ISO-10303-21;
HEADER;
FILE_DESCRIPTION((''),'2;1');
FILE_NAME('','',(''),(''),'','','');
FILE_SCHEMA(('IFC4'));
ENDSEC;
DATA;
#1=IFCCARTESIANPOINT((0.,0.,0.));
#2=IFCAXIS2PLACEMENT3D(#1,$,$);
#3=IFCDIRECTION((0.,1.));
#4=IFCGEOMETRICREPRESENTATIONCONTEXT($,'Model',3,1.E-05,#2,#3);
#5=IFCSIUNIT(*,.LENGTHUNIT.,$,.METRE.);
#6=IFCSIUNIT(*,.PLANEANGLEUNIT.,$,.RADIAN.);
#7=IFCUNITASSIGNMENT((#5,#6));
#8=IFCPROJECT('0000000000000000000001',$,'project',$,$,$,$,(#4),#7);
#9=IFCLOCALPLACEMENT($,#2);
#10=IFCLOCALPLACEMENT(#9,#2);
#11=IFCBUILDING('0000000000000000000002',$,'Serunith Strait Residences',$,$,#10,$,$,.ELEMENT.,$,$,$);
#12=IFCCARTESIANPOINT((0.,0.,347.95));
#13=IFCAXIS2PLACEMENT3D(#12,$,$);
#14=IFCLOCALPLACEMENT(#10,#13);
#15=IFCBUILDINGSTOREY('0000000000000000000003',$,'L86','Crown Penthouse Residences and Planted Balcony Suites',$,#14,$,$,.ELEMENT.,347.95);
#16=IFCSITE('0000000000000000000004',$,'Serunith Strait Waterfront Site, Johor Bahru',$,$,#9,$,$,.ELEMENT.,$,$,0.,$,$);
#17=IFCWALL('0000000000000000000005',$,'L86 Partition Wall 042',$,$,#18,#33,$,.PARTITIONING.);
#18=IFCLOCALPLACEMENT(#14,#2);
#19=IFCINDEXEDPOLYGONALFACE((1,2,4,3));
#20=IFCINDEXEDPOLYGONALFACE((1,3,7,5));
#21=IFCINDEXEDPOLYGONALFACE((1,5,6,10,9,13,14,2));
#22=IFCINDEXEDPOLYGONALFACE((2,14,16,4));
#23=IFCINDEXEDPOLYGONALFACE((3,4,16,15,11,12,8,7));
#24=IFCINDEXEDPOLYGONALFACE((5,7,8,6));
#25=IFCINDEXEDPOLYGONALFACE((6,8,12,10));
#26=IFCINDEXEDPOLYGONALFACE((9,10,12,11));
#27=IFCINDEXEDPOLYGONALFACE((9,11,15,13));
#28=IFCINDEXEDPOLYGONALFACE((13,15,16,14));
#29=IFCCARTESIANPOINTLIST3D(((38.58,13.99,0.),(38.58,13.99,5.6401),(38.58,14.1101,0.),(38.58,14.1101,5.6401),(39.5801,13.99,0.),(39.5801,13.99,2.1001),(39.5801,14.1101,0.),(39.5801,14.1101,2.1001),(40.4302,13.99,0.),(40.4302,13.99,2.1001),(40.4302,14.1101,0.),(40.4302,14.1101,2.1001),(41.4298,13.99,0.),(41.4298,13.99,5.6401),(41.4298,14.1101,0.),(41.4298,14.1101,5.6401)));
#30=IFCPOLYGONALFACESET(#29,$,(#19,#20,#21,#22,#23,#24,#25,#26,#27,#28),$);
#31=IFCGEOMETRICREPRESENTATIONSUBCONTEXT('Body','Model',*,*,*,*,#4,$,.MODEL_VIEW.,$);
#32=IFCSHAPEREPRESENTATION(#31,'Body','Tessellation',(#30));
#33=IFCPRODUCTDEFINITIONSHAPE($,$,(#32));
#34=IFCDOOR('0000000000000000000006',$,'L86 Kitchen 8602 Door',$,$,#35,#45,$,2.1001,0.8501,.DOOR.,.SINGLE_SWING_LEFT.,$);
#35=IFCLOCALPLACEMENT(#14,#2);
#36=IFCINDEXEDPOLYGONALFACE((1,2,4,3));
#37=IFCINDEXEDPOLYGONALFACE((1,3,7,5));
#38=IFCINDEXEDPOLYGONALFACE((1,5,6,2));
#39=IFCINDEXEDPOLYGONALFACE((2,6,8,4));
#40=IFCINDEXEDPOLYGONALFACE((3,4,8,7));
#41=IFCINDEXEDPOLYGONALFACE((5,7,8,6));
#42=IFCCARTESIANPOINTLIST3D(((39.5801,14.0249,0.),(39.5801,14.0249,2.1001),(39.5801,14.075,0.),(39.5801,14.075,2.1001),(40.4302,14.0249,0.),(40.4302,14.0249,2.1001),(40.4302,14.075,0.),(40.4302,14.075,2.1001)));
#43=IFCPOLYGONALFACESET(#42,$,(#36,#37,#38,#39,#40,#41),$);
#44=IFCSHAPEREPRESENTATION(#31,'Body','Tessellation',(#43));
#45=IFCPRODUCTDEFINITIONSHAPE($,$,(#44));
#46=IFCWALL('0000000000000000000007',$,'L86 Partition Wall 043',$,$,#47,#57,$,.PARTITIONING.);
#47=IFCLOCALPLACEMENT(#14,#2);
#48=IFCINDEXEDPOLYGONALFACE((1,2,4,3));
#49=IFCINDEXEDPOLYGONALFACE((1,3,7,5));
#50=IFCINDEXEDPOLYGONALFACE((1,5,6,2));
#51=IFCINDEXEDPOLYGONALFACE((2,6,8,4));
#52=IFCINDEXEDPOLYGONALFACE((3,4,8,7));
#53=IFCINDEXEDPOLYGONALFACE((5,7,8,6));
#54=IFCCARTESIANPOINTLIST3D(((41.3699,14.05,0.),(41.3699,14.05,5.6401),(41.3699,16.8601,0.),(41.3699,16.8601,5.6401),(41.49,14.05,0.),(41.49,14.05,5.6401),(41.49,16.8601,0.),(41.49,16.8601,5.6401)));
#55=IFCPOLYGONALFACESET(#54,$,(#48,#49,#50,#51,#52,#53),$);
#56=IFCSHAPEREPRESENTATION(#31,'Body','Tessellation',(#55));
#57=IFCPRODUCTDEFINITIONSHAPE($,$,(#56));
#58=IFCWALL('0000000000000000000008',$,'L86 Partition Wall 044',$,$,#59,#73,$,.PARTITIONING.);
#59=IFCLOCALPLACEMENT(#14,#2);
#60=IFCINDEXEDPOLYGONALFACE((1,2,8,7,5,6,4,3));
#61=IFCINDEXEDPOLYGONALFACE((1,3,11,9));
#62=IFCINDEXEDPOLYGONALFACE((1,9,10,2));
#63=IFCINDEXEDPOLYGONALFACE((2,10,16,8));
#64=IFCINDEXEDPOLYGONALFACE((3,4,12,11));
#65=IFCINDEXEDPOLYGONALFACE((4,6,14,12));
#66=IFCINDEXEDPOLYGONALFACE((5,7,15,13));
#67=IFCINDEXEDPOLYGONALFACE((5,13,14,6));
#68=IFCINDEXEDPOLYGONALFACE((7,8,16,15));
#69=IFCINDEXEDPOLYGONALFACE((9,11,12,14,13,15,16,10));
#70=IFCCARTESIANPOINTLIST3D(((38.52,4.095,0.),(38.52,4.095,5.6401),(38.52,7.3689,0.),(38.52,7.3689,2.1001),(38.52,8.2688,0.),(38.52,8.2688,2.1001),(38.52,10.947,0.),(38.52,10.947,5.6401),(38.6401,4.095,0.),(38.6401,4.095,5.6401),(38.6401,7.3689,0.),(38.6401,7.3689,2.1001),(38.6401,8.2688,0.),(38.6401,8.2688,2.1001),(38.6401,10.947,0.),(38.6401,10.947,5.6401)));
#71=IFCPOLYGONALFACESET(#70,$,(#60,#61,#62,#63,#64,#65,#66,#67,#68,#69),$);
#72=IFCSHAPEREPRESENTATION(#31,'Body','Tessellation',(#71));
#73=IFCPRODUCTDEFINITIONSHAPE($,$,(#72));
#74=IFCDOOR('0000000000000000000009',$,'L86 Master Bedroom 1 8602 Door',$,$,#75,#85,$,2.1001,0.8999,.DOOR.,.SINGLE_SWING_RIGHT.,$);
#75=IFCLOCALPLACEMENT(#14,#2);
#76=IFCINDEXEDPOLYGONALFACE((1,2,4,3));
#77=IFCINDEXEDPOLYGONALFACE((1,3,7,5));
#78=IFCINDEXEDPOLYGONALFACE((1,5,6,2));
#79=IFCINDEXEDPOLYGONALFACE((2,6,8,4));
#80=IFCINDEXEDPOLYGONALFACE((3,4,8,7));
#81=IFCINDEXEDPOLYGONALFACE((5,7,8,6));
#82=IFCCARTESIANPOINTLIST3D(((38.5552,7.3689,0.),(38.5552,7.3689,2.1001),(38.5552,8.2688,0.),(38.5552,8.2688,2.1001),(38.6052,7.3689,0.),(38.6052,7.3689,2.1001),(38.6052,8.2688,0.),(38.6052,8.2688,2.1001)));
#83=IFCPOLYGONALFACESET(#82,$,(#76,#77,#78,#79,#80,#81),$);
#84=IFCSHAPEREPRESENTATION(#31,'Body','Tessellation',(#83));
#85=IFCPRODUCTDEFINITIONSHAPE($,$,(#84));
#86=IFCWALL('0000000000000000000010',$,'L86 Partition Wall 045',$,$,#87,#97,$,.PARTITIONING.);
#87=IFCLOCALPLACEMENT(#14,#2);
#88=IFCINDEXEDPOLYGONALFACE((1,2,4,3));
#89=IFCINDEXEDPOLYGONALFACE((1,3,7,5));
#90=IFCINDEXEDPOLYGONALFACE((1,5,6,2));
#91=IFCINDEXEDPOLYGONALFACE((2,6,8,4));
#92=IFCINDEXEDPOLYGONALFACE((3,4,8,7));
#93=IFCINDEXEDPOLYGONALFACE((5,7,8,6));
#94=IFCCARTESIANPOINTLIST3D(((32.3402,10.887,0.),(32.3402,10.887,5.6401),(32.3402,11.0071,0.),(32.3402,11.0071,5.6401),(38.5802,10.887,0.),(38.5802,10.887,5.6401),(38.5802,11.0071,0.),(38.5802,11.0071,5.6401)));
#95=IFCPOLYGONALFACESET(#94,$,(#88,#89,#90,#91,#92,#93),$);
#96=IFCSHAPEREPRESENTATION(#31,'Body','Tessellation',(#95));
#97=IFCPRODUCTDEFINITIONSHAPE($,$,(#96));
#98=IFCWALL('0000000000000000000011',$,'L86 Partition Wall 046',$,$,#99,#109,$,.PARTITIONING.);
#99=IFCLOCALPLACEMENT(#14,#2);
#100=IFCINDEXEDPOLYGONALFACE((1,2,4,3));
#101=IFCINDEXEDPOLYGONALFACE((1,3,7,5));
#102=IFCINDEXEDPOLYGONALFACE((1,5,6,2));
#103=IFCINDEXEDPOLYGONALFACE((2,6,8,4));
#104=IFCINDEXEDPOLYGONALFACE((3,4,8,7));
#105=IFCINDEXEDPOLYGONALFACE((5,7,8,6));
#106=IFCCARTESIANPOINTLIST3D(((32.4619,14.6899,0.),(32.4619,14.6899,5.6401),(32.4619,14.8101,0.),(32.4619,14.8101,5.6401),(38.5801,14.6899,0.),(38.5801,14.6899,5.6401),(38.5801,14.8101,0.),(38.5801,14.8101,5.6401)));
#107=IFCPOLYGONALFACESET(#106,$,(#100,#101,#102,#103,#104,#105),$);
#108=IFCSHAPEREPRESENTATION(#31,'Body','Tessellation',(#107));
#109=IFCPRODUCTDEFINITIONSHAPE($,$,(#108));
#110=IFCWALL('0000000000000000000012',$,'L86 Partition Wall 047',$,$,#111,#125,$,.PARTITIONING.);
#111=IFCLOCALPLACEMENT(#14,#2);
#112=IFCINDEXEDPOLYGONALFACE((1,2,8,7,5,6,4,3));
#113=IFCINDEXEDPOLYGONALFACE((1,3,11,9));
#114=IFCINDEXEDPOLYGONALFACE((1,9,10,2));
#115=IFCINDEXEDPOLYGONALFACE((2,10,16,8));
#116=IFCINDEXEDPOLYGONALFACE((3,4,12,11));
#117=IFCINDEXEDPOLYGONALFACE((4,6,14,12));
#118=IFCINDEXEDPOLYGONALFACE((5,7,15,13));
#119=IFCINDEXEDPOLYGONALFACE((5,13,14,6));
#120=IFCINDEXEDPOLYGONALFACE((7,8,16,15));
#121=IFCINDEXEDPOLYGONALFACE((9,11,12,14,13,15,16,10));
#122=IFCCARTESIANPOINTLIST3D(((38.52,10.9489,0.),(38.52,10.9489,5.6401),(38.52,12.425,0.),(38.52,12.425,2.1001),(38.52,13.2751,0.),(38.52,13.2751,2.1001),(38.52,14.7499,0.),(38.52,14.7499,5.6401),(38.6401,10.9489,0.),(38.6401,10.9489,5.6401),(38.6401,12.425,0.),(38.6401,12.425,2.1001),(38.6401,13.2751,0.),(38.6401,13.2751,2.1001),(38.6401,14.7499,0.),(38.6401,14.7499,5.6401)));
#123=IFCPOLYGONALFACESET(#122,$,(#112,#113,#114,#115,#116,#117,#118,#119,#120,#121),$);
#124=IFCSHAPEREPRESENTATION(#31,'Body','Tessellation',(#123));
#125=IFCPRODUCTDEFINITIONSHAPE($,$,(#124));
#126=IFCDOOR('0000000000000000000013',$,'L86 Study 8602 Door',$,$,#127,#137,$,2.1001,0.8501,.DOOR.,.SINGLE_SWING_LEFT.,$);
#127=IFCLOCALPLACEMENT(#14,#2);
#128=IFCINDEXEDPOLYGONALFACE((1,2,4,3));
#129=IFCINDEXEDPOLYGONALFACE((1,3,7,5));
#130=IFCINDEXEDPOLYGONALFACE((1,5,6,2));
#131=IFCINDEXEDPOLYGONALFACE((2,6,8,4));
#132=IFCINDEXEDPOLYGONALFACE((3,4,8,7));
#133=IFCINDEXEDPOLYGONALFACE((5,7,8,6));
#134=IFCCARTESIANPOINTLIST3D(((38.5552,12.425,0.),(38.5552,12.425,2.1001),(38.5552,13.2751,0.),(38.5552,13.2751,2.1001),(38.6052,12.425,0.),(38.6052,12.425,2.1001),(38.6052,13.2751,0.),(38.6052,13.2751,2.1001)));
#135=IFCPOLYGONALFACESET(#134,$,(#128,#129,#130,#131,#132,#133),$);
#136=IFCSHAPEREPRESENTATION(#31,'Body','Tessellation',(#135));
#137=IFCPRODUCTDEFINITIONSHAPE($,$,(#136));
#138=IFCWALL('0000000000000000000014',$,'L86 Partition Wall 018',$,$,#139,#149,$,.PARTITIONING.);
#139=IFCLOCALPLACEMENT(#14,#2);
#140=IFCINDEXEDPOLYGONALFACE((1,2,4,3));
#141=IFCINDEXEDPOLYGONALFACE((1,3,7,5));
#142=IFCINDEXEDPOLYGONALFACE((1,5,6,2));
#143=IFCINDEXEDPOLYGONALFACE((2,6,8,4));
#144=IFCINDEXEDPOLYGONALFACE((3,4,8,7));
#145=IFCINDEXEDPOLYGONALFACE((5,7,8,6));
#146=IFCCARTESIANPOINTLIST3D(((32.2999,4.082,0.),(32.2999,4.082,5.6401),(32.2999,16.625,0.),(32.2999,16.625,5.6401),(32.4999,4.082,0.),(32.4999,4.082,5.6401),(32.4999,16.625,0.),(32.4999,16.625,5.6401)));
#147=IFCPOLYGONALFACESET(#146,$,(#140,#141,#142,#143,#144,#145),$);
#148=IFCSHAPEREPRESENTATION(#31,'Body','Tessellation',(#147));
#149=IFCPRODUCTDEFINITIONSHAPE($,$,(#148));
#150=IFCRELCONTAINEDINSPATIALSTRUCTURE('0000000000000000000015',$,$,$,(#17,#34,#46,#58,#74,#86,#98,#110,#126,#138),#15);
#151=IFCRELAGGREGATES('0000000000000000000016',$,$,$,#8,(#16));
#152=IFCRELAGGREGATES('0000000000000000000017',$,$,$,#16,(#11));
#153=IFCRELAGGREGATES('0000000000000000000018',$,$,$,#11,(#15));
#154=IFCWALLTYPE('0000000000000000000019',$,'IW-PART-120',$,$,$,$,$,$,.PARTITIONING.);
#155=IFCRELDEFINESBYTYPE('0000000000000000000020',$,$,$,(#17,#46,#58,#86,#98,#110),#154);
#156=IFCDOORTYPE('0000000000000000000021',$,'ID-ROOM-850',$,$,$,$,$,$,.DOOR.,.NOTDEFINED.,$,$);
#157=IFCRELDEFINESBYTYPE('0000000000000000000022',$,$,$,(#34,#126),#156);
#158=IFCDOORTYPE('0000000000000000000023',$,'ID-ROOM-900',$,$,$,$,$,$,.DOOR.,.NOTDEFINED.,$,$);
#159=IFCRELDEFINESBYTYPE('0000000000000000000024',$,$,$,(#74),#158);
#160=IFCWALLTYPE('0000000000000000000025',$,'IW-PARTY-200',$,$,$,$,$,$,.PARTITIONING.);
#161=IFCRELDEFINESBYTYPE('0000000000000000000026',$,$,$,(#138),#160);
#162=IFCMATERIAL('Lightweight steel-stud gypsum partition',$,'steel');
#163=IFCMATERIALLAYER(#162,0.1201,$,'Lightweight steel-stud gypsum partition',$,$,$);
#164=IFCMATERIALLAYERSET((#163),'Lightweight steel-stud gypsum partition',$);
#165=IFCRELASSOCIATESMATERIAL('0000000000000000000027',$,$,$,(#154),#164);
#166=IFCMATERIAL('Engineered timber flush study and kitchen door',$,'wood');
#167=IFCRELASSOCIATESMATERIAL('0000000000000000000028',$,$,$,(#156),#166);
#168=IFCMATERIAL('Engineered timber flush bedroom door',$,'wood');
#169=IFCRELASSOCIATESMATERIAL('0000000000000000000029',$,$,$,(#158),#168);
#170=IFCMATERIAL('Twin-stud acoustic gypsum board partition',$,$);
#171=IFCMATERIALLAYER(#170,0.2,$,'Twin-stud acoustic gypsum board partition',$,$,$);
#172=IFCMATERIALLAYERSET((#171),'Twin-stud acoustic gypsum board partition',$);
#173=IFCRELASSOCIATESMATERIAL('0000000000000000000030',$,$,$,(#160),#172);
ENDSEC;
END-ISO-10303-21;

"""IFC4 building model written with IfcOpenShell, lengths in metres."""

from ifc_helpers import new_model, si_unit, direction, frame, frame_2d, origin, place, context, subcontext, project, spatial, rectangle, extrude, source, transform, mapped, material, layer, layer_set, type_object, element, fill, save


model = new_model("IFC4")

# Units and contexts
model_context = context("Model", 3, precision=1e-05, world=origin(), true_north=direction((0.0, 1.0)))
body_context = subcontext(model_context, "Body", "Model", "MODEL_VIEW")
ifc_project = project(units=[si_unit("LENGTHUNIT", "METRE"), si_unit("PLANEANGLEUNIT", "RADIAN")], contexts=[model_context])

# Site, building, storey
site_placement = place(None, origin())
site = spatial("IfcSite", under=ifc_project, at=site_placement, Name="Serunith Strait Waterfront Site, Johor Bahru", CompositionType="ELEMENT", RefElevation=0.0)
building_placement = place(site_placement, origin())
building = spatial("IfcBuilding", under=site, at=building_placement, Name="Serunith Strait Residences", CompositionType="ELEMENT")
storey_placement = place(building_placement, frame((0.0, 0.0, 347.95)))
storey = spatial("IfcBuildingStorey", under=building, at=storey_placement, Name="L86", Description="Crown Penthouse Residences and Planted Balcony Suites", CompositionType="ELEMENT", Elevation=347.95)

# Wall, opening, door
ifc_material_1 = material(Name="Lightweight steel-stud gypsum partition", Category="steel")
ifc_layer_1 = layer(ifc_material_1, 0.1201, Name="Lightweight steel-stud gypsum partition")
ifc_layer_set_1 = layer_set([ifc_layer_1], Name="Lightweight steel-stud gypsum partition")
wall_type_1 = type_object("IfcWallType", Name="IW-PART-120", PredefinedType="PARTITIONING", material=ifc_layer_set_1)
wall_1_placement = place(storey_placement, frame((38.5801, 14.05, 0.0), z_axis=(0.0, 0.0, 1.0), x_axis=(1.0, 0.0, 0.0)))
wall_1 = element("IfcWall", 1, at=wall_1_placement, inside=storey, type_object=wall_type_1, Name="L86 Partition Wall 042", PredefinedType="PARTITIONING", context=body_context, shape_type="SweptSolid", body=[
    extrude(rectangle(XDim=2.8499, YDim=0.1201, at=frame_2d((1.4248, 0.0))), origin(), (0.0, 0.0, 1.0), 5.6401),
])
opening_1_placement = place(wall_1_placement, frame((1.0, 0.0, 0.0)))
opening_1 = element("IfcOpeningElement", 2, at=opening_1_placement, cuts=wall_1, PredefinedType="OPENING", context=body_context, shape_type="SweptSolid", body=[
    extrude(rectangle(XDim=0.8501, YDim=2.1001, at=frame_2d((0.425, 1.05))), frame((0.0, 0.0701, 0.0), z_axis=(0.0, -1.0, 0.0), x_axis=(1.0, 0.0, 0.0)), (0.0, 0.0, 1.0), 0.1401),
])
ifc_material_2 = material(Name="Engineered timber flush study and kitchen door", Category="wood")
door_type_1 = type_object("IfcDoorType", Name="ID-ROOM-850", OperationType="NOTDEFINED", PredefinedType="DOOR", material=ifc_material_2)
shared_shape_1 = source(origin(), body_context, "Body", "SweptSolid", [
    extrude(rectangle(XDim=0.8501, YDim=2.1001, at=frame_2d((0.425, 1.05))), frame((0.0, 0.0249, 0.0), z_axis=(0.0, -1.0, 0.0), x_axis=(1.0, 0.0, 0.0)), (0.0, 0.0, 1.0), 0.05),
])
door_1_placement = place(opening_1_placement, origin())
door_1 = element("IfcDoor", 3, at=door_1_placement, inside=storey, type_object=door_type_1, Name="L86 Kitchen 8602 Door", OperationType="SINGLE_SWING_LEFT", OverallHeight=2.1001, OverallWidth=0.8501, PredefinedType="DOOR", context=body_context, shape_type="MappedRepresentation", body=[
    mapped(shared_shape_1, transform((0.0, 0.0, 0.0), scale=1.0)),
])
fill(opening_1, door_1)

# Wall
wall_2_placement = place(storey_placement, frame((41.4299, 14.05, 0.0), z_axis=(0.0, 0.0, 1.0), x_axis=(0.0, 1.0, 0.0)))
element("IfcWall", 4, at=wall_2_placement, inside=storey, type_object=wall_type_1, Name="L86 Partition Wall 043", PredefinedType="PARTITIONING", context=body_context, shape_type="SweptSolid", body=[
    extrude(rectangle(XDim=2.8101, YDim=0.1201, at=frame_2d((1.405, 0.0))), origin(), (0.0, 0.0, 1.0), 5.6401),
])

# Wall, opening, door
wall_3_placement = place(storey_placement, frame((38.5801, 4.095, 0.0), z_axis=(0.0, 0.0, 1.0), x_axis=(0.0, 1.0, 0.0)))
wall_3 = element("IfcWall", 5, at=wall_3_placement, inside=storey, type_object=wall_type_1, Name="L86 Partition Wall 044", PredefinedType="PARTITIONING", context=body_context, shape_type="SweptSolid", body=[
    extrude(rectangle(XDim=6.8521, YDim=0.1201, at=frame_2d((3.426, 0.0))), origin(), (0.0, 0.0, 1.0), 5.6401),
])
opening_2_placement = place(wall_3_placement, frame((3.2739, 0.0, 0.0)))
opening_2 = element("IfcOpeningElement", 6, at=opening_2_placement, cuts=wall_3, PredefinedType="OPENING", context=body_context, shape_type="SweptSolid", body=[
    extrude(rectangle(XDim=0.8999, YDim=2.1001, at=frame_2d((0.45, 1.05))), frame((0.0, 0.0701, 0.0), z_axis=(0.0, -1.0, 0.0), x_axis=(1.0, 0.0, 0.0)), (0.0, 0.0, 1.0), 0.1401),
])
ifc_material_3 = material(Name="Engineered timber flush bedroom door", Category="wood")
door_type_2 = type_object("IfcDoorType", Name="ID-ROOM-900", OperationType="NOTDEFINED", PredefinedType="DOOR", material=ifc_material_3)
shared_shape_2 = source(origin(), body_context, "Body", "SweptSolid", [
    extrude(rectangle(XDim=0.8999, YDim=2.1001, at=frame_2d((0.45, 1.05))), frame((0.0, 0.0249, 0.0), z_axis=(0.0, -1.0, 0.0), x_axis=(1.0, 0.0, 0.0)), (0.0, 0.0, 1.0), 0.05),
])
door_2_placement = place(opening_2_placement, origin())
door_2 = element("IfcDoor", 7, at=door_2_placement, inside=storey, type_object=door_type_2, Name="L86 Master Bedroom 1 8602 Door", OperationType="SINGLE_SWING_RIGHT", OverallHeight=2.1001, OverallWidth=0.8999, PredefinedType="DOOR", context=body_context, shape_type="MappedRepresentation", body=[
    mapped(shared_shape_2, transform((0.0, 0.0, 0.0), scale=1.0)),
])
fill(opening_2, door_2)

# Walls
wall_4_placement = place(storey_placement, frame((32.3401, 10.947, 0.0), z_axis=(0.0, 0.0, 1.0), x_axis=(1.0, 0.0, 0.0)))
element("IfcWall", 8, at=wall_4_placement, inside=storey, type_object=wall_type_1, Name="L86 Partition Wall 045", PredefinedType="PARTITIONING", context=body_context, shape_type="SweptSolid", body=[
    extrude(rectangle(XDim=6.24, YDim=0.1201, at=frame_2d((3.1201, 0.0))), origin(), (0.0, 0.0, 1.0), 5.6401),
])
wall_5_placement = place(storey_placement, frame((32.4619, 14.75, 0.0), z_axis=(0.0, 0.0, 1.0), x_axis=(1.0, 0.0, 0.0)))
element("IfcWall", 9, at=wall_5_placement, inside=storey, type_object=wall_type_1, Name="L86 Partition Wall 046", PredefinedType="PARTITIONING", context=body_context, shape_type="SweptSolid", body=[
    extrude(rectangle(XDim=6.1182, YDim=0.1201, at=frame_2d((3.0591, 0.0))), origin(), (0.0, 0.0, 1.0), 5.6401),
])

# Wall, opening, door
wall_6_placement = place(storey_placement, frame((38.5801, 10.949, 0.0), z_axis=(0.0, 0.0, 1.0), x_axis=(0.0, 1.0, 0.0)))
wall_6 = element("IfcWall", 10, at=wall_6_placement, inside=storey, type_object=wall_type_1, Name="L86 Partition Wall 047", PredefinedType="PARTITIONING", context=body_context, shape_type="SweptSolid", body=[
    extrude(rectangle(XDim=3.801, YDim=0.1201, at=frame_2d((1.9004, 0.0))), origin(), (0.0, 0.0, 1.0), 5.6401),
])
opening_3_placement = place(wall_6_placement, frame((1.4761, 0.0, 0.0)))
opening_3 = element("IfcOpeningElement", 11, at=opening_3_placement, cuts=wall_6, PredefinedType="OPENING", context=body_context, shape_type="SweptSolid", body=[
    extrude(rectangle(XDim=0.8501, YDim=2.1001, at=frame_2d((0.425, 1.05))), frame((0.0, 0.0701, 0.0), z_axis=(0.0, -1.0, 0.0), x_axis=(1.0, 0.0, 0.0)), (0.0, 0.0, 1.0), 0.1401),
])
door_3_placement = place(opening_3_placement, origin())
door_3 = element("IfcDoor", 12, at=door_3_placement, inside=storey, type_object=door_type_1, Name="L86 Study 8602 Door", OperationType="SINGLE_SWING_LEFT", OverallHeight=2.1001, OverallWidth=0.8501, PredefinedType="DOOR", context=body_context, shape_type="MappedRepresentation", body=[
    mapped(shared_shape_1, transform((0.0, 0.0, 0.0), scale=1.0)),
])
fill(opening_3, door_3)

# Wall
ifc_material_4 = material(Name="Twin-stud acoustic gypsum board partition")
ifc_layer_2 = layer(ifc_material_4, 0.2, Name="Twin-stud acoustic gypsum board partition")
ifc_layer_set_2 = layer_set([ifc_layer_2], Name="Twin-stud acoustic gypsum board partition")
wall_type_2 = type_object("IfcWallType", Name="IW-PARTY-200", PredefinedType="PARTITIONING", material=ifc_layer_set_2)
wall_7_placement = place(storey_placement, frame((32.3999, 4.082, 0.0), z_axis=(0.0, 0.0, 1.0), x_axis=(0.0, 1.0, 0.0)))
element("IfcWall", 13, at=wall_7_placement, inside=storey, type_object=wall_type_2, Name="L86 Partition Wall 018", PredefinedType="PARTITIONING", context=body_context, shape_type="SweptSolid", body=[
    extrude(rectangle(XDim=12.543, YDim=0.2, at=frame_2d((6.2715, 0.0))), origin(), (0.0, 0.0, 1.0), 5.6401),
])

save(model, "model.ifc")
